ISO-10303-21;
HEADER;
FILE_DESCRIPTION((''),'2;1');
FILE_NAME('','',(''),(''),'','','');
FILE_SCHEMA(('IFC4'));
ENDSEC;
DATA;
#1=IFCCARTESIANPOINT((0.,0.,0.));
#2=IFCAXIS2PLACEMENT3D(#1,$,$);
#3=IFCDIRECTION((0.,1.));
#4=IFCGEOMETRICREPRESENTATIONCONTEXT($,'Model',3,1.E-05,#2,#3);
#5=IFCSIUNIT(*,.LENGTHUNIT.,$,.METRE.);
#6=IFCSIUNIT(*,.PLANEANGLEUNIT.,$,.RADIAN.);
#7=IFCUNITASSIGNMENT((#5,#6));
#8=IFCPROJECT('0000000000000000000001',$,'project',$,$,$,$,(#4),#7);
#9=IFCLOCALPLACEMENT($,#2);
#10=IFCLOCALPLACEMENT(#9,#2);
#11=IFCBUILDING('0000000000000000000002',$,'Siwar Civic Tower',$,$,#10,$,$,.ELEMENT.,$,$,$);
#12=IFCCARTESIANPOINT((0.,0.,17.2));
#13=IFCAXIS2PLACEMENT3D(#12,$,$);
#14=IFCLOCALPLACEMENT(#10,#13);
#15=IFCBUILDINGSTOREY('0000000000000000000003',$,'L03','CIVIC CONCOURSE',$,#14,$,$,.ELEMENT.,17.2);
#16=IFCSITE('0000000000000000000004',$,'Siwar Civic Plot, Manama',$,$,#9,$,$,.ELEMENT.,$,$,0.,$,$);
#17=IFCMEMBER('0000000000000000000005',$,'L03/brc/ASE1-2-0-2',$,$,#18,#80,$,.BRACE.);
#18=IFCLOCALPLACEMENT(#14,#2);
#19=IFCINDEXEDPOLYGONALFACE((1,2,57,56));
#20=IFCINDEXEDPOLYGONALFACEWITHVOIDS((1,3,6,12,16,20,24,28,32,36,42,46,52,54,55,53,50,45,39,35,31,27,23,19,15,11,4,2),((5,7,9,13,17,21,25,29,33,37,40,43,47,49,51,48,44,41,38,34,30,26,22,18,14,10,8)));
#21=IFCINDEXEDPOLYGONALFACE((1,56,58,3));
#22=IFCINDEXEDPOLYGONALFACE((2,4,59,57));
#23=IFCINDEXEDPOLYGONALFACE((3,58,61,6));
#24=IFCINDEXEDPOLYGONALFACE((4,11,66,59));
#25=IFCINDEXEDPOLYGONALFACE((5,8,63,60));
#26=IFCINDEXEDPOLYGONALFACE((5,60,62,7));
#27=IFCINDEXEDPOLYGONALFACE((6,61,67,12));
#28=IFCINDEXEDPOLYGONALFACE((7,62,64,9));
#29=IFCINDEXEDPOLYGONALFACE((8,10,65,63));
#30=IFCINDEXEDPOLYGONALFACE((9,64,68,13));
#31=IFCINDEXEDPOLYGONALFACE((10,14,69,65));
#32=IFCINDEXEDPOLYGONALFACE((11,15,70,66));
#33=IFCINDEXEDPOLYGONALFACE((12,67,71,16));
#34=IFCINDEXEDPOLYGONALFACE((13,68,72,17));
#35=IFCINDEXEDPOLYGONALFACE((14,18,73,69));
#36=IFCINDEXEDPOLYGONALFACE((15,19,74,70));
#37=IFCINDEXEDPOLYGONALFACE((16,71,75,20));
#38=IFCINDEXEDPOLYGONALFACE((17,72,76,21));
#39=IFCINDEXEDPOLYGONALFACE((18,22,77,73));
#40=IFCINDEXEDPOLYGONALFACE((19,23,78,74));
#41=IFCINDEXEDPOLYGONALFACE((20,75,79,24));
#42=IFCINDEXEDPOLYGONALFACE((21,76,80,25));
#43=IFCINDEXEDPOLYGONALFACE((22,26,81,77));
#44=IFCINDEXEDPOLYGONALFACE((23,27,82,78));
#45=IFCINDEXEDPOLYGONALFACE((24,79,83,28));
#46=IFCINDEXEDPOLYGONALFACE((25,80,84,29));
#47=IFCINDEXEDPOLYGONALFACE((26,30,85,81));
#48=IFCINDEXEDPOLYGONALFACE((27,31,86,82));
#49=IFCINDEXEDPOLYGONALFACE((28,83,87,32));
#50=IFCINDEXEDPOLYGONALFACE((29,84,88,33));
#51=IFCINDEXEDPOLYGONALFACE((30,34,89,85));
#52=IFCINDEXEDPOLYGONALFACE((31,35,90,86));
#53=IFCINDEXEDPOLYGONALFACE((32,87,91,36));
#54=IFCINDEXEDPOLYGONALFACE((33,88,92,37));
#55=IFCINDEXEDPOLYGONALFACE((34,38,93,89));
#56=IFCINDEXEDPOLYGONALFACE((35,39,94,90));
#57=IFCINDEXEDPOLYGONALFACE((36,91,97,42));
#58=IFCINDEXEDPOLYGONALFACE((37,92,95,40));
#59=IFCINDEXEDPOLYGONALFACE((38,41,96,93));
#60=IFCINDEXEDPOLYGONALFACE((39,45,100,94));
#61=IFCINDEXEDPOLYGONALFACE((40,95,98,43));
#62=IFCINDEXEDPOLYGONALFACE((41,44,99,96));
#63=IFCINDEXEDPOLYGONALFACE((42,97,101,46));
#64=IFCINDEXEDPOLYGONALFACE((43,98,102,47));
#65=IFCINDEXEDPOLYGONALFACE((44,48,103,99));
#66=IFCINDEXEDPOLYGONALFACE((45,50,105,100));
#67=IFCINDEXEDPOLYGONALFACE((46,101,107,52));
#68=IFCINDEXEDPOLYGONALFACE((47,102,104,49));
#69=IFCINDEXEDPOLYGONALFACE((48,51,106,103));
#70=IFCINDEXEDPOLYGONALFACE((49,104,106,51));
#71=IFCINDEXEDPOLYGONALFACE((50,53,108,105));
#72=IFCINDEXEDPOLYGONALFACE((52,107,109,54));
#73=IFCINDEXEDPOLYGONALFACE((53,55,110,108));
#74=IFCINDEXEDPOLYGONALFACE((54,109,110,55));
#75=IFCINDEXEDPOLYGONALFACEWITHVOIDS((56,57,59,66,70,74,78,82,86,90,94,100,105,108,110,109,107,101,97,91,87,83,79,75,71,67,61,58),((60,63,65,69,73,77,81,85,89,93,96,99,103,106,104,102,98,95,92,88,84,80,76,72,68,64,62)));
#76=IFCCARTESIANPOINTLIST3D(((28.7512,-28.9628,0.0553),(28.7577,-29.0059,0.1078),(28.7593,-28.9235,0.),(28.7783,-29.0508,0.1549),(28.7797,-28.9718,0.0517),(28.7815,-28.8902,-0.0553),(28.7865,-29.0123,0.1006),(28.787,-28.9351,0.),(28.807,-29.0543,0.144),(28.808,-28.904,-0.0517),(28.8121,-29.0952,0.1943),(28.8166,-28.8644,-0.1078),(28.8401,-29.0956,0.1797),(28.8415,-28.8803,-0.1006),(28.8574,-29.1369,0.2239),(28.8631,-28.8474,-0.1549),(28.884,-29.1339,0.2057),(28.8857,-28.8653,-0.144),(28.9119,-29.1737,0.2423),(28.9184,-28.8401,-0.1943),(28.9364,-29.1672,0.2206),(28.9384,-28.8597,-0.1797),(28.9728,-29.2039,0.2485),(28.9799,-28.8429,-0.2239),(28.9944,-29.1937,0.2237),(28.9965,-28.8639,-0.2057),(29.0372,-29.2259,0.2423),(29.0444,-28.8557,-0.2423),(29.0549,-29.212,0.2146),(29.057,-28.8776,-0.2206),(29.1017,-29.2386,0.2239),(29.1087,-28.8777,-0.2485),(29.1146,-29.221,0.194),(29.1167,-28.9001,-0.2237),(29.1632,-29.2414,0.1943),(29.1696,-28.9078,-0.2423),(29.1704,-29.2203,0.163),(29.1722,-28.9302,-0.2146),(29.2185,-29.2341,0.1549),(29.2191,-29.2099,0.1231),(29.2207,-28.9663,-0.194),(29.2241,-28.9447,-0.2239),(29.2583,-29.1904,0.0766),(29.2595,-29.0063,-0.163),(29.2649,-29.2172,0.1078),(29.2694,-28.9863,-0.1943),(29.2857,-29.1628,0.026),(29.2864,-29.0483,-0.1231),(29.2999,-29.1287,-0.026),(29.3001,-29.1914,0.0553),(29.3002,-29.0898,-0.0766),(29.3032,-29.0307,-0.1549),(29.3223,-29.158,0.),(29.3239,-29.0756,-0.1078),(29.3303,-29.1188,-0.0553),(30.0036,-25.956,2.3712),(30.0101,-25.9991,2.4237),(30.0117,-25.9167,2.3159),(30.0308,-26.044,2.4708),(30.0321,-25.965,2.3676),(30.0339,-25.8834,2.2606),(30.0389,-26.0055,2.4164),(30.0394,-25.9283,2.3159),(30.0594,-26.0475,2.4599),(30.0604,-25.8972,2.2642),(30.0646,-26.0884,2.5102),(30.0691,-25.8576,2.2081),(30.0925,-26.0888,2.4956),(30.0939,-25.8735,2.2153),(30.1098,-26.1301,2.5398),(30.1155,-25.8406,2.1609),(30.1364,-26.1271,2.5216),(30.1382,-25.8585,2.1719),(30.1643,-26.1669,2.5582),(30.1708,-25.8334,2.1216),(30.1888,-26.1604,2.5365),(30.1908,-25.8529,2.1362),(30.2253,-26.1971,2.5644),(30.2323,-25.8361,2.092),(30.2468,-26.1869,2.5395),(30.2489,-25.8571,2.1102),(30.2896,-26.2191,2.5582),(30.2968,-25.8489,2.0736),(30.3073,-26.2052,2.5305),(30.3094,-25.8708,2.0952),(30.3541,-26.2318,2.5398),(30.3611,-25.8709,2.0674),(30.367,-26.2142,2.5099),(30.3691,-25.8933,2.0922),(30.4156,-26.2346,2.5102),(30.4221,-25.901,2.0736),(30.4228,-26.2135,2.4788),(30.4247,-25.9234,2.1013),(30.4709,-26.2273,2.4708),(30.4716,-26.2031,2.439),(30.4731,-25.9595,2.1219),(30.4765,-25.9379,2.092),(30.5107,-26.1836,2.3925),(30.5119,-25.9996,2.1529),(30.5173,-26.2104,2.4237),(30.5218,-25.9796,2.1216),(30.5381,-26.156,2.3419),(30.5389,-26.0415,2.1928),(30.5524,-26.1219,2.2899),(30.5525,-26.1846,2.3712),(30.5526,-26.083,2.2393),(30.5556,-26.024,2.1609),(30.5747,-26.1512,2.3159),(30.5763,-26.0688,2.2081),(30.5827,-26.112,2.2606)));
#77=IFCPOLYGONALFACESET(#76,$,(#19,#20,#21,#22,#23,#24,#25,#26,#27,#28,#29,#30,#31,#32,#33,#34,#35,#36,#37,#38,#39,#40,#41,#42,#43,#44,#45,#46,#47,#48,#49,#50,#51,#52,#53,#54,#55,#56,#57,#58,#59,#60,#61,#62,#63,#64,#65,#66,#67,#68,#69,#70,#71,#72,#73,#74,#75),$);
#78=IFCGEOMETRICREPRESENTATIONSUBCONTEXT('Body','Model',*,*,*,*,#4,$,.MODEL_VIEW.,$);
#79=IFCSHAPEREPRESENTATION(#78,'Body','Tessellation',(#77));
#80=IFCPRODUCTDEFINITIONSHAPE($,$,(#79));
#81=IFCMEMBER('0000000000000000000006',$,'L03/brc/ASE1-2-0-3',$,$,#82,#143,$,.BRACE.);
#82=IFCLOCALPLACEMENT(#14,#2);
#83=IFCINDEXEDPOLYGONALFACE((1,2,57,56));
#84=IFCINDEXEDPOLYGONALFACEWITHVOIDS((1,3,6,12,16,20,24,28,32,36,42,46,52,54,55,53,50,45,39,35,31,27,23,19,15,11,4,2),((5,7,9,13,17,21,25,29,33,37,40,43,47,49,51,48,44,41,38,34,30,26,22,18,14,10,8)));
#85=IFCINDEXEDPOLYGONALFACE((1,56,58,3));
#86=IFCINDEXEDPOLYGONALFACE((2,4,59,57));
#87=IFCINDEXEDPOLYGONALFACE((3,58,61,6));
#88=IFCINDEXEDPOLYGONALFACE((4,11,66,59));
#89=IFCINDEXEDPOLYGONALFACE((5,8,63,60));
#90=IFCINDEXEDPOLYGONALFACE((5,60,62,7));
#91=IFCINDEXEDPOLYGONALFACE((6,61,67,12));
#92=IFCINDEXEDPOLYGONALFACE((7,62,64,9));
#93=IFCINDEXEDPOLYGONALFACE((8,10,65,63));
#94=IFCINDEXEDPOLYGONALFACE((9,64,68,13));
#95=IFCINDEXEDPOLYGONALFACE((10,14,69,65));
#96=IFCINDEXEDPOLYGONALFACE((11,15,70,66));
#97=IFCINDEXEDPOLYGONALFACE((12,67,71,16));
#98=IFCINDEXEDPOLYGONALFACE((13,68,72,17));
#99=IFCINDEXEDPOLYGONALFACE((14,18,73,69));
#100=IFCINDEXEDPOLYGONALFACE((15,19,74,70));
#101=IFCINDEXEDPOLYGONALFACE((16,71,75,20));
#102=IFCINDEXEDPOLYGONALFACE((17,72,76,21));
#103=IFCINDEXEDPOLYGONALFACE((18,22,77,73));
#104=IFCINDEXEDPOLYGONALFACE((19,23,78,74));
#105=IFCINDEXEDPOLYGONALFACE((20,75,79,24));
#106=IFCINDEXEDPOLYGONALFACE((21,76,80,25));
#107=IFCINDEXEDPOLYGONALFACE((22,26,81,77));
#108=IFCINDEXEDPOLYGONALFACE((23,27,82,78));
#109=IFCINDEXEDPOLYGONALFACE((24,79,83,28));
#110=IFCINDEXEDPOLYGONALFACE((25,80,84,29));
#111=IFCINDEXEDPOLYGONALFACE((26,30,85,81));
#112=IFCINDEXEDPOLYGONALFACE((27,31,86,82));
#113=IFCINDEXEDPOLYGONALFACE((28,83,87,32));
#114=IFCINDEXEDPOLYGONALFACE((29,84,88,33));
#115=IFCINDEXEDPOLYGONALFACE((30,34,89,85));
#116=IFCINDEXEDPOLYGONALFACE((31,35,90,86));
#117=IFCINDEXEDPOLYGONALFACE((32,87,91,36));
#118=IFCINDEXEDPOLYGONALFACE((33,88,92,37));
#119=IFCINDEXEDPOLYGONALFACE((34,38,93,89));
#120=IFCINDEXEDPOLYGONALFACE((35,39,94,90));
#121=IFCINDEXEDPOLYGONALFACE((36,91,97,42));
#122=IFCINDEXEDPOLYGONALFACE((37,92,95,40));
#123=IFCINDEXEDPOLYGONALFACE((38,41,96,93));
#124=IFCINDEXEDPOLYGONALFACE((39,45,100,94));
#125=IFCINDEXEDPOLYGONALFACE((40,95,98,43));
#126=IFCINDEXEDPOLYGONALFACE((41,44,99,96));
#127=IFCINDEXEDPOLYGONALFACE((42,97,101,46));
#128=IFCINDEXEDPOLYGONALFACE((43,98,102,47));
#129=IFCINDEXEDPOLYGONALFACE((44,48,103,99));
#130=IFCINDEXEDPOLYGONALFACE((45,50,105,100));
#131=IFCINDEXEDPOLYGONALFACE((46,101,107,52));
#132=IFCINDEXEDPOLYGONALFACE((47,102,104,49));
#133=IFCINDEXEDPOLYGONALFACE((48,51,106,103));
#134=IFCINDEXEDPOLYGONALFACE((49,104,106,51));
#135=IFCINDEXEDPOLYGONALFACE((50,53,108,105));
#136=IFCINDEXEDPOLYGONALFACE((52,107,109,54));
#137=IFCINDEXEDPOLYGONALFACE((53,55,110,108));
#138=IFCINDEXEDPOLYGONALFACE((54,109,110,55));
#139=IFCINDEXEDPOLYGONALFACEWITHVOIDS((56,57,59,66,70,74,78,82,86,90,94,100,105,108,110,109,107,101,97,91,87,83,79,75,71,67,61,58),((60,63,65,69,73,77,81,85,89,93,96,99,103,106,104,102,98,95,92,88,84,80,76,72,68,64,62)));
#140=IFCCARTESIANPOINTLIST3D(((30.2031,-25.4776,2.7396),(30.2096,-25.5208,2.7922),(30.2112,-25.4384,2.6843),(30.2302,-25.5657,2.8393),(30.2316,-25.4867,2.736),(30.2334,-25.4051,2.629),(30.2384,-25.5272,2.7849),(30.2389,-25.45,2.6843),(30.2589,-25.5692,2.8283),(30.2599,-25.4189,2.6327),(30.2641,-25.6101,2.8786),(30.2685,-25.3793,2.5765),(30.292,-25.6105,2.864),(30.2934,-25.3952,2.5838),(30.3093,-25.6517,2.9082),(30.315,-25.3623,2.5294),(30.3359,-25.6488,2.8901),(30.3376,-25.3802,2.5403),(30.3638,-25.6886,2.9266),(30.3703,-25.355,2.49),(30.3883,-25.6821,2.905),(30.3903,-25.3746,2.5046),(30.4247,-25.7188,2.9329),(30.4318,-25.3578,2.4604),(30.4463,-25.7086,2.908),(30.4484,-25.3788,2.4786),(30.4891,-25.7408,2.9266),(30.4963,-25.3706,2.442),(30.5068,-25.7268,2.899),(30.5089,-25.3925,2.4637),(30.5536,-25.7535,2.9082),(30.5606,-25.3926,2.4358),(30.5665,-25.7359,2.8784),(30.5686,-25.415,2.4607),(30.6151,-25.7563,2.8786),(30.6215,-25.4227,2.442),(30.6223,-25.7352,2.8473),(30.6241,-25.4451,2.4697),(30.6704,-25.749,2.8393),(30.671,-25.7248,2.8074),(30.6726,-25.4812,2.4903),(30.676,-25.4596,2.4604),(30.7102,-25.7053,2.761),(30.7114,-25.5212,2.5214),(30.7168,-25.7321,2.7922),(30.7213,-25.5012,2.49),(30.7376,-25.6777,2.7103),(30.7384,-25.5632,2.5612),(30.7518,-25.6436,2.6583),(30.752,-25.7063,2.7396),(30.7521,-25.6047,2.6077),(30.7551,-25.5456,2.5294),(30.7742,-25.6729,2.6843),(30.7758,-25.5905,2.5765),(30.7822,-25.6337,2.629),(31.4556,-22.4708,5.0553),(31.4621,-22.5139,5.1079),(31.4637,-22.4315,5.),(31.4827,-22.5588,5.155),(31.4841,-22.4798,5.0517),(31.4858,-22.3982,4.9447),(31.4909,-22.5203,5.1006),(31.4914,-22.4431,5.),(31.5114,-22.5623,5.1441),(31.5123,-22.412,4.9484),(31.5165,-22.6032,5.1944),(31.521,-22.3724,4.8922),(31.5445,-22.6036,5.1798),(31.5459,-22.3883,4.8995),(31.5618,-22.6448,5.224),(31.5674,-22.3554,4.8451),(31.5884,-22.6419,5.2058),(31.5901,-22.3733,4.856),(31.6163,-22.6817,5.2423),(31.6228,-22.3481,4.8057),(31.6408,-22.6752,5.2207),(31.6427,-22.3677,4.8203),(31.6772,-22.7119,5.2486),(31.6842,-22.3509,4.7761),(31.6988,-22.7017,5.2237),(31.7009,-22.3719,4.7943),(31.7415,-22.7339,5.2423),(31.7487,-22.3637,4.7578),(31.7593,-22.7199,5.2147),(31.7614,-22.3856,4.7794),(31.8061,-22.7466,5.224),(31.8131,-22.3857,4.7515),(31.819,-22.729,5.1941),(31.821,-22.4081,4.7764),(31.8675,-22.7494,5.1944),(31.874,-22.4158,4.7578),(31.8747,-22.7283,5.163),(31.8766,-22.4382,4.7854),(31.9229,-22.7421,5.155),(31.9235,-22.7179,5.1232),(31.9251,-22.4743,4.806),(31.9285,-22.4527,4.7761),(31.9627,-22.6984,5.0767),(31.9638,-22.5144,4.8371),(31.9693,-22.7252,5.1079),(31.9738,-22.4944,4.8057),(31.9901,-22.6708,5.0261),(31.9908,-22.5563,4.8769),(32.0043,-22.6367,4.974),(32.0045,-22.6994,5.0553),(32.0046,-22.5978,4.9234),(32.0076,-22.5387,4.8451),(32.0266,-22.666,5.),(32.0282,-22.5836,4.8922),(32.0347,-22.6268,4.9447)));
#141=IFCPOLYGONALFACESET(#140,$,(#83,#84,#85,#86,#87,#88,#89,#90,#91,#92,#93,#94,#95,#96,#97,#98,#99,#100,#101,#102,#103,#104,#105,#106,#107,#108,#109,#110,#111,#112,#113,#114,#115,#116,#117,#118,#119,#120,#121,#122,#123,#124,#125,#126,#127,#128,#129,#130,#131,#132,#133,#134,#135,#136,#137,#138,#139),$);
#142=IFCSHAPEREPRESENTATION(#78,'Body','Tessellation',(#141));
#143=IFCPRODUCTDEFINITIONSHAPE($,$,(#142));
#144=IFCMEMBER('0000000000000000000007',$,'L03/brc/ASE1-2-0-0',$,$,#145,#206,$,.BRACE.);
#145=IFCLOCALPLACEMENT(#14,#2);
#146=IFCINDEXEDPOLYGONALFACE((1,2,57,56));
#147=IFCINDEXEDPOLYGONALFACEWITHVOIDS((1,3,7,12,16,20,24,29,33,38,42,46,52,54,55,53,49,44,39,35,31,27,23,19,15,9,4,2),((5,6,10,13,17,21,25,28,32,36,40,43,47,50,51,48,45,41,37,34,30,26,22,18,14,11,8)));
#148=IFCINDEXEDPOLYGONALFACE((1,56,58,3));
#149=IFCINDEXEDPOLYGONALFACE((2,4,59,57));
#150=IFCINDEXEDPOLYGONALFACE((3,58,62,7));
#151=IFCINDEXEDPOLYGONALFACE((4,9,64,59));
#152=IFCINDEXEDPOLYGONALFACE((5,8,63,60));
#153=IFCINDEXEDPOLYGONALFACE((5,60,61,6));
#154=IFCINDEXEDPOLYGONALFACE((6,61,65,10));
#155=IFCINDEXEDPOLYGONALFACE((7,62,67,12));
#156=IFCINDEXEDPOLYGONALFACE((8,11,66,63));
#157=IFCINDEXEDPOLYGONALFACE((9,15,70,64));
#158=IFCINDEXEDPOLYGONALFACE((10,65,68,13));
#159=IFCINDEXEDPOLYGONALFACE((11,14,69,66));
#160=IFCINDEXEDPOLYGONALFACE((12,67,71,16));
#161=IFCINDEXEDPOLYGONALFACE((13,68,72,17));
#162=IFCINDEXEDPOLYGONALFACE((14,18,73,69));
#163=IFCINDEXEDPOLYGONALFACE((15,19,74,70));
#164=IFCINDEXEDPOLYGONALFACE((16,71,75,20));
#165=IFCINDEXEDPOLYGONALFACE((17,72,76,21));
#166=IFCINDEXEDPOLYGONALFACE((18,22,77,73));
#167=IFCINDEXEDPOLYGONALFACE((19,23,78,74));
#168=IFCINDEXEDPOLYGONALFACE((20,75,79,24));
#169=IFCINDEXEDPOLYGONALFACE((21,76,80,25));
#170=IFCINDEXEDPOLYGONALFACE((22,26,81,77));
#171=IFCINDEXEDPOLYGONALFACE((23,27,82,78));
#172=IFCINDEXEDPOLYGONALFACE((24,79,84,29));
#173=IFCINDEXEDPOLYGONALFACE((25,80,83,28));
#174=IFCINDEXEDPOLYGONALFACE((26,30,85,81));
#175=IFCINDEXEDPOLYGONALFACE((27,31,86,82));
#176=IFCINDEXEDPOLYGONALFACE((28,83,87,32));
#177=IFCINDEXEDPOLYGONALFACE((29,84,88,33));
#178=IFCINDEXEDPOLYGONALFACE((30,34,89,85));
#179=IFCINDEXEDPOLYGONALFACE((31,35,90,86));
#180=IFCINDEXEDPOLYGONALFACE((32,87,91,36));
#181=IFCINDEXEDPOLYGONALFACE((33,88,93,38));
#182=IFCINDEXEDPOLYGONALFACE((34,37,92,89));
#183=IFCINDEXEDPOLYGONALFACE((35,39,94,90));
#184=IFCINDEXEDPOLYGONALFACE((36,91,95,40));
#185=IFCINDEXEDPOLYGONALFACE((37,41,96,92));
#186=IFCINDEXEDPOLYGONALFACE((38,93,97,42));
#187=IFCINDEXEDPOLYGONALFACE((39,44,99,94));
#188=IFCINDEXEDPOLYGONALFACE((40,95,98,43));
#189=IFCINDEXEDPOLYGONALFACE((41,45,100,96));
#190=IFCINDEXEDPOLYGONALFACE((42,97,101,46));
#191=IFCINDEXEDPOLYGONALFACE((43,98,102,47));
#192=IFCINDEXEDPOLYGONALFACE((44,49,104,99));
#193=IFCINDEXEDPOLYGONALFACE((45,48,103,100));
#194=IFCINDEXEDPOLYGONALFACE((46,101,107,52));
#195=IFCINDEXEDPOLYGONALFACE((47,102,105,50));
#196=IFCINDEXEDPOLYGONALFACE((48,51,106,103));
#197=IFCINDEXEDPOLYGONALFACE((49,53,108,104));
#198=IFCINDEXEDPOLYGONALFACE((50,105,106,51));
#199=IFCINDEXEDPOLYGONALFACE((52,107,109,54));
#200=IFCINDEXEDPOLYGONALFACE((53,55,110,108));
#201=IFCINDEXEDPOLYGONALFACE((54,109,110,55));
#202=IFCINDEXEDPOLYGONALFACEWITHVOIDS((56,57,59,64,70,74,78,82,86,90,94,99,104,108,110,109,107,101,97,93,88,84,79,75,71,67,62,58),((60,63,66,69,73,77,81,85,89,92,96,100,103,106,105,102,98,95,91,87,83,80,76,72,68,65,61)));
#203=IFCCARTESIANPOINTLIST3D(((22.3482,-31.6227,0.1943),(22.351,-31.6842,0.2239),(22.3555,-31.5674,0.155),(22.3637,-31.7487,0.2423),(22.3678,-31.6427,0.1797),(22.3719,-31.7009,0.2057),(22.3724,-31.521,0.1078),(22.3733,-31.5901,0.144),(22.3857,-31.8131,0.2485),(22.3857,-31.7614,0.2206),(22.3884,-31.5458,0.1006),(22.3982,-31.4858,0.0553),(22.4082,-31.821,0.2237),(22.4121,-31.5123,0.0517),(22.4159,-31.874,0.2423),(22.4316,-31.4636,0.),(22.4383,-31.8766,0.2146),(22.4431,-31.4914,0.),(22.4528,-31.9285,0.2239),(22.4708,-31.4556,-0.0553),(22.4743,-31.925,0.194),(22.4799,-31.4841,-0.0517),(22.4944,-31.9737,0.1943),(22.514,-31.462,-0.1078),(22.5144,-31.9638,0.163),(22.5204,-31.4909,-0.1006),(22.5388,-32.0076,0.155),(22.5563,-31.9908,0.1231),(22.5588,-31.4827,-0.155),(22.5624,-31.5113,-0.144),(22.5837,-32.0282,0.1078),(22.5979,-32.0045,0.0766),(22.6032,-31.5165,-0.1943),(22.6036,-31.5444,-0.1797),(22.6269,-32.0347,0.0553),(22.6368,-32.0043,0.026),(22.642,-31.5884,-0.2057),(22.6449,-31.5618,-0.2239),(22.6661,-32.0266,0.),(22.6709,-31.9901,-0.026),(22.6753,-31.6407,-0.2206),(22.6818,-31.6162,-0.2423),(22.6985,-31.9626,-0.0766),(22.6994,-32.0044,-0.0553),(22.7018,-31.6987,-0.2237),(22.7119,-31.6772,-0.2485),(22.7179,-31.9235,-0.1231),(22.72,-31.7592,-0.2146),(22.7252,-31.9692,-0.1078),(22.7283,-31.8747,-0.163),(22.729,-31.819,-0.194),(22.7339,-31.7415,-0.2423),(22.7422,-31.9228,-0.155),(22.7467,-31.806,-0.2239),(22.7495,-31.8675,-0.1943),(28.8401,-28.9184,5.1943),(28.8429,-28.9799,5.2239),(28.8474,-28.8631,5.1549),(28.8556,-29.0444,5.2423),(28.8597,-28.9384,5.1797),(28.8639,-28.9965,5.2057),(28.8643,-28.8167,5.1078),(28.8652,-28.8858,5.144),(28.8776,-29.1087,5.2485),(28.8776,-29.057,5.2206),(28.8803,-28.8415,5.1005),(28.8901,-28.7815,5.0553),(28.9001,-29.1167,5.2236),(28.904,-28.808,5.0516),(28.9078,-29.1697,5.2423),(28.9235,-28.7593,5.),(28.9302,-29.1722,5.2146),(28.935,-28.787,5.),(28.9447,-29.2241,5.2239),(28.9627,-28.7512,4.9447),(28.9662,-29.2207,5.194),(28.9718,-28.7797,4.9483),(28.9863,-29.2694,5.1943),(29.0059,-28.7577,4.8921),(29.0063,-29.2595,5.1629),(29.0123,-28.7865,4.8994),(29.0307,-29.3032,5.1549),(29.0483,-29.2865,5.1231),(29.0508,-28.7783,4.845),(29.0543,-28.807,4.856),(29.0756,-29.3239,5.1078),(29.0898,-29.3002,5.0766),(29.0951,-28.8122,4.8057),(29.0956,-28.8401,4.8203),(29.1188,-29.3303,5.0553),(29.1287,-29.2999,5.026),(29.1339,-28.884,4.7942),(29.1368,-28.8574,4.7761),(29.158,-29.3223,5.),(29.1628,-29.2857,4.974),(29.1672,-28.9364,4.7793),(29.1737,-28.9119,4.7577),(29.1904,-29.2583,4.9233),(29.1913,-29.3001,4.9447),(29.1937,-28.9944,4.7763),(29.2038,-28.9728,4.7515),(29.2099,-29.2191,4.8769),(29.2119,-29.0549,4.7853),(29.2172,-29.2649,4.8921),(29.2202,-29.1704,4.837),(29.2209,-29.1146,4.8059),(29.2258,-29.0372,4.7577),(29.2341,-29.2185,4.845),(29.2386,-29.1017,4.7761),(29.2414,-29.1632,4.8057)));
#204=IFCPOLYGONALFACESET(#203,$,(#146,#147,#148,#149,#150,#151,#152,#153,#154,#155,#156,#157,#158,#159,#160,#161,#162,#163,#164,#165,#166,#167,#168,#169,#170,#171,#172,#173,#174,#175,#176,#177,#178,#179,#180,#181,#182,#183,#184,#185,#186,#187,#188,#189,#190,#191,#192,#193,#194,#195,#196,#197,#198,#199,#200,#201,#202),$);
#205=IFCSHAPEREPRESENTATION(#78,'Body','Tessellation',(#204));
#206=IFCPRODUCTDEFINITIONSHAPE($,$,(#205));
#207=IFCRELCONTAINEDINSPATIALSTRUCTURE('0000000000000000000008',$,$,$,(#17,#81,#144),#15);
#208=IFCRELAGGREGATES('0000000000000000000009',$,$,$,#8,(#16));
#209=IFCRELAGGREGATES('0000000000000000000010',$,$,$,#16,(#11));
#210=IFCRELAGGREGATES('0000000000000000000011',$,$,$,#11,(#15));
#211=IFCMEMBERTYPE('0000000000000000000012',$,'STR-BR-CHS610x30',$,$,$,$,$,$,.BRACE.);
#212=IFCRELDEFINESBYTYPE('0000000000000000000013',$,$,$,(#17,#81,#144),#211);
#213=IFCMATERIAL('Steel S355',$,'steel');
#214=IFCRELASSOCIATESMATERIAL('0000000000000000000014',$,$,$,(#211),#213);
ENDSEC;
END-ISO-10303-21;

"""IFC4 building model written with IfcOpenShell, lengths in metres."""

from ifc_helpers import new_model, si_unit, direction, frame, origin, origin_2d, place, context, subcontext, project, spatial, hollow_circle, extrude, material, material_profile, profile_set, type_object, element, save


model = new_model("IFC4")

# Units and contexts
model_context = context("Model", 3, precision=1e-05, world=origin(), true_north=direction((0.0, 1.0)))
body_context = subcontext(model_context, "Body", "Model", "MODEL_VIEW")
ifc_project = project(units=[si_unit("LENGTHUNIT", "METRE"), si_unit("PLANEANGLEUNIT", "RADIAN")], contexts=[model_context])

# Site, building, storey
site_placement = place(None, origin())
site = spatial("IfcSite", under=ifc_project, at=site_placement, Name="Siwar Civic Plot, Manama", CompositionType="ELEMENT", RefElevation=0.0)
building_placement = place(site_placement, origin())
building = spatial("IfcBuilding", under=site, at=building_placement, Name="Siwar Civic Tower", CompositionType="ELEMENT")
storey_placement = place(building_placement, frame((0.0, 0.0, 17.2)))
storey = spatial("IfcBuildingStorey", under=building, at=storey_placement, Name="L03", Description="CIVIC CONCOURSE", CompositionType="ELEMENT", Elevation=17.2)

# Members
ifc_material_1 = material(Name="Steel S355", Category="steel")
ifc_material_profile_1 = material_profile(ifc_material_1, hollow_circle(Radius=0.3049, WallThickness=0.03, at=origin_2d()), Name="CHS610x30")
ifc_profile_set_1 = profile_set([ifc_material_profile_1], Name="Steel S355")
member_type_1 = type_object("IfcMemberType", Name="STR-BR-CHS610x30", PredefinedType="BRACE", material=ifc_profile_set_1)
for number, where, z_axis, x_axis, name in (
    (1, (29.0408, -29.0408, 0.0), (0.313373, 0.752341, 0.579466), (-0.923121, 0.384509, 0.0), "L03/brc/ASE1-2-0-2"),
    (2, (30.4927, -25.5557, 2.6843), (0.313385, 0.752367, 0.579425), (-0.923121, 0.384509, 0.0), "L03/brc/ASE1-2-0-3"),
):
    element("IfcMember", number, at=place(storey_placement, frame(where, z_axis=z_axis, x_axis=x_axis)), inside=storey, type_object=member_type_1, Name=name, PredefinedType="BRACE", context=body_context, shape_type="SweptSolid", body=[
        extrude(hollow_circle(Radius=0.3049, WallThickness=0.03, at=origin_2d()), origin(), (0.0, 0.0, 1.0), 3.9966),
    ])
member_1_placement = place(storey_placement, frame((22.5488, -31.7451, 0.0), z_axis=(0.752344, 0.313404, 0.579445), x_axis=(-0.384539, 0.923109, 0.0)))
element("IfcMember", 3, at=member_1_placement, inside=storey, type_object=member_type_1, Name="L03/brc/ASE1-2-0-0", PredefinedType="BRACE", context=body_context, shape_type="SweptSolid", body=[
    extrude(hollow_circle(Radius=0.3049, WallThickness=0.03, at=origin_2d()), origin(), (0.0, 0.0, 1.0), 8.6289),
])

save(model, "model.ifc")
